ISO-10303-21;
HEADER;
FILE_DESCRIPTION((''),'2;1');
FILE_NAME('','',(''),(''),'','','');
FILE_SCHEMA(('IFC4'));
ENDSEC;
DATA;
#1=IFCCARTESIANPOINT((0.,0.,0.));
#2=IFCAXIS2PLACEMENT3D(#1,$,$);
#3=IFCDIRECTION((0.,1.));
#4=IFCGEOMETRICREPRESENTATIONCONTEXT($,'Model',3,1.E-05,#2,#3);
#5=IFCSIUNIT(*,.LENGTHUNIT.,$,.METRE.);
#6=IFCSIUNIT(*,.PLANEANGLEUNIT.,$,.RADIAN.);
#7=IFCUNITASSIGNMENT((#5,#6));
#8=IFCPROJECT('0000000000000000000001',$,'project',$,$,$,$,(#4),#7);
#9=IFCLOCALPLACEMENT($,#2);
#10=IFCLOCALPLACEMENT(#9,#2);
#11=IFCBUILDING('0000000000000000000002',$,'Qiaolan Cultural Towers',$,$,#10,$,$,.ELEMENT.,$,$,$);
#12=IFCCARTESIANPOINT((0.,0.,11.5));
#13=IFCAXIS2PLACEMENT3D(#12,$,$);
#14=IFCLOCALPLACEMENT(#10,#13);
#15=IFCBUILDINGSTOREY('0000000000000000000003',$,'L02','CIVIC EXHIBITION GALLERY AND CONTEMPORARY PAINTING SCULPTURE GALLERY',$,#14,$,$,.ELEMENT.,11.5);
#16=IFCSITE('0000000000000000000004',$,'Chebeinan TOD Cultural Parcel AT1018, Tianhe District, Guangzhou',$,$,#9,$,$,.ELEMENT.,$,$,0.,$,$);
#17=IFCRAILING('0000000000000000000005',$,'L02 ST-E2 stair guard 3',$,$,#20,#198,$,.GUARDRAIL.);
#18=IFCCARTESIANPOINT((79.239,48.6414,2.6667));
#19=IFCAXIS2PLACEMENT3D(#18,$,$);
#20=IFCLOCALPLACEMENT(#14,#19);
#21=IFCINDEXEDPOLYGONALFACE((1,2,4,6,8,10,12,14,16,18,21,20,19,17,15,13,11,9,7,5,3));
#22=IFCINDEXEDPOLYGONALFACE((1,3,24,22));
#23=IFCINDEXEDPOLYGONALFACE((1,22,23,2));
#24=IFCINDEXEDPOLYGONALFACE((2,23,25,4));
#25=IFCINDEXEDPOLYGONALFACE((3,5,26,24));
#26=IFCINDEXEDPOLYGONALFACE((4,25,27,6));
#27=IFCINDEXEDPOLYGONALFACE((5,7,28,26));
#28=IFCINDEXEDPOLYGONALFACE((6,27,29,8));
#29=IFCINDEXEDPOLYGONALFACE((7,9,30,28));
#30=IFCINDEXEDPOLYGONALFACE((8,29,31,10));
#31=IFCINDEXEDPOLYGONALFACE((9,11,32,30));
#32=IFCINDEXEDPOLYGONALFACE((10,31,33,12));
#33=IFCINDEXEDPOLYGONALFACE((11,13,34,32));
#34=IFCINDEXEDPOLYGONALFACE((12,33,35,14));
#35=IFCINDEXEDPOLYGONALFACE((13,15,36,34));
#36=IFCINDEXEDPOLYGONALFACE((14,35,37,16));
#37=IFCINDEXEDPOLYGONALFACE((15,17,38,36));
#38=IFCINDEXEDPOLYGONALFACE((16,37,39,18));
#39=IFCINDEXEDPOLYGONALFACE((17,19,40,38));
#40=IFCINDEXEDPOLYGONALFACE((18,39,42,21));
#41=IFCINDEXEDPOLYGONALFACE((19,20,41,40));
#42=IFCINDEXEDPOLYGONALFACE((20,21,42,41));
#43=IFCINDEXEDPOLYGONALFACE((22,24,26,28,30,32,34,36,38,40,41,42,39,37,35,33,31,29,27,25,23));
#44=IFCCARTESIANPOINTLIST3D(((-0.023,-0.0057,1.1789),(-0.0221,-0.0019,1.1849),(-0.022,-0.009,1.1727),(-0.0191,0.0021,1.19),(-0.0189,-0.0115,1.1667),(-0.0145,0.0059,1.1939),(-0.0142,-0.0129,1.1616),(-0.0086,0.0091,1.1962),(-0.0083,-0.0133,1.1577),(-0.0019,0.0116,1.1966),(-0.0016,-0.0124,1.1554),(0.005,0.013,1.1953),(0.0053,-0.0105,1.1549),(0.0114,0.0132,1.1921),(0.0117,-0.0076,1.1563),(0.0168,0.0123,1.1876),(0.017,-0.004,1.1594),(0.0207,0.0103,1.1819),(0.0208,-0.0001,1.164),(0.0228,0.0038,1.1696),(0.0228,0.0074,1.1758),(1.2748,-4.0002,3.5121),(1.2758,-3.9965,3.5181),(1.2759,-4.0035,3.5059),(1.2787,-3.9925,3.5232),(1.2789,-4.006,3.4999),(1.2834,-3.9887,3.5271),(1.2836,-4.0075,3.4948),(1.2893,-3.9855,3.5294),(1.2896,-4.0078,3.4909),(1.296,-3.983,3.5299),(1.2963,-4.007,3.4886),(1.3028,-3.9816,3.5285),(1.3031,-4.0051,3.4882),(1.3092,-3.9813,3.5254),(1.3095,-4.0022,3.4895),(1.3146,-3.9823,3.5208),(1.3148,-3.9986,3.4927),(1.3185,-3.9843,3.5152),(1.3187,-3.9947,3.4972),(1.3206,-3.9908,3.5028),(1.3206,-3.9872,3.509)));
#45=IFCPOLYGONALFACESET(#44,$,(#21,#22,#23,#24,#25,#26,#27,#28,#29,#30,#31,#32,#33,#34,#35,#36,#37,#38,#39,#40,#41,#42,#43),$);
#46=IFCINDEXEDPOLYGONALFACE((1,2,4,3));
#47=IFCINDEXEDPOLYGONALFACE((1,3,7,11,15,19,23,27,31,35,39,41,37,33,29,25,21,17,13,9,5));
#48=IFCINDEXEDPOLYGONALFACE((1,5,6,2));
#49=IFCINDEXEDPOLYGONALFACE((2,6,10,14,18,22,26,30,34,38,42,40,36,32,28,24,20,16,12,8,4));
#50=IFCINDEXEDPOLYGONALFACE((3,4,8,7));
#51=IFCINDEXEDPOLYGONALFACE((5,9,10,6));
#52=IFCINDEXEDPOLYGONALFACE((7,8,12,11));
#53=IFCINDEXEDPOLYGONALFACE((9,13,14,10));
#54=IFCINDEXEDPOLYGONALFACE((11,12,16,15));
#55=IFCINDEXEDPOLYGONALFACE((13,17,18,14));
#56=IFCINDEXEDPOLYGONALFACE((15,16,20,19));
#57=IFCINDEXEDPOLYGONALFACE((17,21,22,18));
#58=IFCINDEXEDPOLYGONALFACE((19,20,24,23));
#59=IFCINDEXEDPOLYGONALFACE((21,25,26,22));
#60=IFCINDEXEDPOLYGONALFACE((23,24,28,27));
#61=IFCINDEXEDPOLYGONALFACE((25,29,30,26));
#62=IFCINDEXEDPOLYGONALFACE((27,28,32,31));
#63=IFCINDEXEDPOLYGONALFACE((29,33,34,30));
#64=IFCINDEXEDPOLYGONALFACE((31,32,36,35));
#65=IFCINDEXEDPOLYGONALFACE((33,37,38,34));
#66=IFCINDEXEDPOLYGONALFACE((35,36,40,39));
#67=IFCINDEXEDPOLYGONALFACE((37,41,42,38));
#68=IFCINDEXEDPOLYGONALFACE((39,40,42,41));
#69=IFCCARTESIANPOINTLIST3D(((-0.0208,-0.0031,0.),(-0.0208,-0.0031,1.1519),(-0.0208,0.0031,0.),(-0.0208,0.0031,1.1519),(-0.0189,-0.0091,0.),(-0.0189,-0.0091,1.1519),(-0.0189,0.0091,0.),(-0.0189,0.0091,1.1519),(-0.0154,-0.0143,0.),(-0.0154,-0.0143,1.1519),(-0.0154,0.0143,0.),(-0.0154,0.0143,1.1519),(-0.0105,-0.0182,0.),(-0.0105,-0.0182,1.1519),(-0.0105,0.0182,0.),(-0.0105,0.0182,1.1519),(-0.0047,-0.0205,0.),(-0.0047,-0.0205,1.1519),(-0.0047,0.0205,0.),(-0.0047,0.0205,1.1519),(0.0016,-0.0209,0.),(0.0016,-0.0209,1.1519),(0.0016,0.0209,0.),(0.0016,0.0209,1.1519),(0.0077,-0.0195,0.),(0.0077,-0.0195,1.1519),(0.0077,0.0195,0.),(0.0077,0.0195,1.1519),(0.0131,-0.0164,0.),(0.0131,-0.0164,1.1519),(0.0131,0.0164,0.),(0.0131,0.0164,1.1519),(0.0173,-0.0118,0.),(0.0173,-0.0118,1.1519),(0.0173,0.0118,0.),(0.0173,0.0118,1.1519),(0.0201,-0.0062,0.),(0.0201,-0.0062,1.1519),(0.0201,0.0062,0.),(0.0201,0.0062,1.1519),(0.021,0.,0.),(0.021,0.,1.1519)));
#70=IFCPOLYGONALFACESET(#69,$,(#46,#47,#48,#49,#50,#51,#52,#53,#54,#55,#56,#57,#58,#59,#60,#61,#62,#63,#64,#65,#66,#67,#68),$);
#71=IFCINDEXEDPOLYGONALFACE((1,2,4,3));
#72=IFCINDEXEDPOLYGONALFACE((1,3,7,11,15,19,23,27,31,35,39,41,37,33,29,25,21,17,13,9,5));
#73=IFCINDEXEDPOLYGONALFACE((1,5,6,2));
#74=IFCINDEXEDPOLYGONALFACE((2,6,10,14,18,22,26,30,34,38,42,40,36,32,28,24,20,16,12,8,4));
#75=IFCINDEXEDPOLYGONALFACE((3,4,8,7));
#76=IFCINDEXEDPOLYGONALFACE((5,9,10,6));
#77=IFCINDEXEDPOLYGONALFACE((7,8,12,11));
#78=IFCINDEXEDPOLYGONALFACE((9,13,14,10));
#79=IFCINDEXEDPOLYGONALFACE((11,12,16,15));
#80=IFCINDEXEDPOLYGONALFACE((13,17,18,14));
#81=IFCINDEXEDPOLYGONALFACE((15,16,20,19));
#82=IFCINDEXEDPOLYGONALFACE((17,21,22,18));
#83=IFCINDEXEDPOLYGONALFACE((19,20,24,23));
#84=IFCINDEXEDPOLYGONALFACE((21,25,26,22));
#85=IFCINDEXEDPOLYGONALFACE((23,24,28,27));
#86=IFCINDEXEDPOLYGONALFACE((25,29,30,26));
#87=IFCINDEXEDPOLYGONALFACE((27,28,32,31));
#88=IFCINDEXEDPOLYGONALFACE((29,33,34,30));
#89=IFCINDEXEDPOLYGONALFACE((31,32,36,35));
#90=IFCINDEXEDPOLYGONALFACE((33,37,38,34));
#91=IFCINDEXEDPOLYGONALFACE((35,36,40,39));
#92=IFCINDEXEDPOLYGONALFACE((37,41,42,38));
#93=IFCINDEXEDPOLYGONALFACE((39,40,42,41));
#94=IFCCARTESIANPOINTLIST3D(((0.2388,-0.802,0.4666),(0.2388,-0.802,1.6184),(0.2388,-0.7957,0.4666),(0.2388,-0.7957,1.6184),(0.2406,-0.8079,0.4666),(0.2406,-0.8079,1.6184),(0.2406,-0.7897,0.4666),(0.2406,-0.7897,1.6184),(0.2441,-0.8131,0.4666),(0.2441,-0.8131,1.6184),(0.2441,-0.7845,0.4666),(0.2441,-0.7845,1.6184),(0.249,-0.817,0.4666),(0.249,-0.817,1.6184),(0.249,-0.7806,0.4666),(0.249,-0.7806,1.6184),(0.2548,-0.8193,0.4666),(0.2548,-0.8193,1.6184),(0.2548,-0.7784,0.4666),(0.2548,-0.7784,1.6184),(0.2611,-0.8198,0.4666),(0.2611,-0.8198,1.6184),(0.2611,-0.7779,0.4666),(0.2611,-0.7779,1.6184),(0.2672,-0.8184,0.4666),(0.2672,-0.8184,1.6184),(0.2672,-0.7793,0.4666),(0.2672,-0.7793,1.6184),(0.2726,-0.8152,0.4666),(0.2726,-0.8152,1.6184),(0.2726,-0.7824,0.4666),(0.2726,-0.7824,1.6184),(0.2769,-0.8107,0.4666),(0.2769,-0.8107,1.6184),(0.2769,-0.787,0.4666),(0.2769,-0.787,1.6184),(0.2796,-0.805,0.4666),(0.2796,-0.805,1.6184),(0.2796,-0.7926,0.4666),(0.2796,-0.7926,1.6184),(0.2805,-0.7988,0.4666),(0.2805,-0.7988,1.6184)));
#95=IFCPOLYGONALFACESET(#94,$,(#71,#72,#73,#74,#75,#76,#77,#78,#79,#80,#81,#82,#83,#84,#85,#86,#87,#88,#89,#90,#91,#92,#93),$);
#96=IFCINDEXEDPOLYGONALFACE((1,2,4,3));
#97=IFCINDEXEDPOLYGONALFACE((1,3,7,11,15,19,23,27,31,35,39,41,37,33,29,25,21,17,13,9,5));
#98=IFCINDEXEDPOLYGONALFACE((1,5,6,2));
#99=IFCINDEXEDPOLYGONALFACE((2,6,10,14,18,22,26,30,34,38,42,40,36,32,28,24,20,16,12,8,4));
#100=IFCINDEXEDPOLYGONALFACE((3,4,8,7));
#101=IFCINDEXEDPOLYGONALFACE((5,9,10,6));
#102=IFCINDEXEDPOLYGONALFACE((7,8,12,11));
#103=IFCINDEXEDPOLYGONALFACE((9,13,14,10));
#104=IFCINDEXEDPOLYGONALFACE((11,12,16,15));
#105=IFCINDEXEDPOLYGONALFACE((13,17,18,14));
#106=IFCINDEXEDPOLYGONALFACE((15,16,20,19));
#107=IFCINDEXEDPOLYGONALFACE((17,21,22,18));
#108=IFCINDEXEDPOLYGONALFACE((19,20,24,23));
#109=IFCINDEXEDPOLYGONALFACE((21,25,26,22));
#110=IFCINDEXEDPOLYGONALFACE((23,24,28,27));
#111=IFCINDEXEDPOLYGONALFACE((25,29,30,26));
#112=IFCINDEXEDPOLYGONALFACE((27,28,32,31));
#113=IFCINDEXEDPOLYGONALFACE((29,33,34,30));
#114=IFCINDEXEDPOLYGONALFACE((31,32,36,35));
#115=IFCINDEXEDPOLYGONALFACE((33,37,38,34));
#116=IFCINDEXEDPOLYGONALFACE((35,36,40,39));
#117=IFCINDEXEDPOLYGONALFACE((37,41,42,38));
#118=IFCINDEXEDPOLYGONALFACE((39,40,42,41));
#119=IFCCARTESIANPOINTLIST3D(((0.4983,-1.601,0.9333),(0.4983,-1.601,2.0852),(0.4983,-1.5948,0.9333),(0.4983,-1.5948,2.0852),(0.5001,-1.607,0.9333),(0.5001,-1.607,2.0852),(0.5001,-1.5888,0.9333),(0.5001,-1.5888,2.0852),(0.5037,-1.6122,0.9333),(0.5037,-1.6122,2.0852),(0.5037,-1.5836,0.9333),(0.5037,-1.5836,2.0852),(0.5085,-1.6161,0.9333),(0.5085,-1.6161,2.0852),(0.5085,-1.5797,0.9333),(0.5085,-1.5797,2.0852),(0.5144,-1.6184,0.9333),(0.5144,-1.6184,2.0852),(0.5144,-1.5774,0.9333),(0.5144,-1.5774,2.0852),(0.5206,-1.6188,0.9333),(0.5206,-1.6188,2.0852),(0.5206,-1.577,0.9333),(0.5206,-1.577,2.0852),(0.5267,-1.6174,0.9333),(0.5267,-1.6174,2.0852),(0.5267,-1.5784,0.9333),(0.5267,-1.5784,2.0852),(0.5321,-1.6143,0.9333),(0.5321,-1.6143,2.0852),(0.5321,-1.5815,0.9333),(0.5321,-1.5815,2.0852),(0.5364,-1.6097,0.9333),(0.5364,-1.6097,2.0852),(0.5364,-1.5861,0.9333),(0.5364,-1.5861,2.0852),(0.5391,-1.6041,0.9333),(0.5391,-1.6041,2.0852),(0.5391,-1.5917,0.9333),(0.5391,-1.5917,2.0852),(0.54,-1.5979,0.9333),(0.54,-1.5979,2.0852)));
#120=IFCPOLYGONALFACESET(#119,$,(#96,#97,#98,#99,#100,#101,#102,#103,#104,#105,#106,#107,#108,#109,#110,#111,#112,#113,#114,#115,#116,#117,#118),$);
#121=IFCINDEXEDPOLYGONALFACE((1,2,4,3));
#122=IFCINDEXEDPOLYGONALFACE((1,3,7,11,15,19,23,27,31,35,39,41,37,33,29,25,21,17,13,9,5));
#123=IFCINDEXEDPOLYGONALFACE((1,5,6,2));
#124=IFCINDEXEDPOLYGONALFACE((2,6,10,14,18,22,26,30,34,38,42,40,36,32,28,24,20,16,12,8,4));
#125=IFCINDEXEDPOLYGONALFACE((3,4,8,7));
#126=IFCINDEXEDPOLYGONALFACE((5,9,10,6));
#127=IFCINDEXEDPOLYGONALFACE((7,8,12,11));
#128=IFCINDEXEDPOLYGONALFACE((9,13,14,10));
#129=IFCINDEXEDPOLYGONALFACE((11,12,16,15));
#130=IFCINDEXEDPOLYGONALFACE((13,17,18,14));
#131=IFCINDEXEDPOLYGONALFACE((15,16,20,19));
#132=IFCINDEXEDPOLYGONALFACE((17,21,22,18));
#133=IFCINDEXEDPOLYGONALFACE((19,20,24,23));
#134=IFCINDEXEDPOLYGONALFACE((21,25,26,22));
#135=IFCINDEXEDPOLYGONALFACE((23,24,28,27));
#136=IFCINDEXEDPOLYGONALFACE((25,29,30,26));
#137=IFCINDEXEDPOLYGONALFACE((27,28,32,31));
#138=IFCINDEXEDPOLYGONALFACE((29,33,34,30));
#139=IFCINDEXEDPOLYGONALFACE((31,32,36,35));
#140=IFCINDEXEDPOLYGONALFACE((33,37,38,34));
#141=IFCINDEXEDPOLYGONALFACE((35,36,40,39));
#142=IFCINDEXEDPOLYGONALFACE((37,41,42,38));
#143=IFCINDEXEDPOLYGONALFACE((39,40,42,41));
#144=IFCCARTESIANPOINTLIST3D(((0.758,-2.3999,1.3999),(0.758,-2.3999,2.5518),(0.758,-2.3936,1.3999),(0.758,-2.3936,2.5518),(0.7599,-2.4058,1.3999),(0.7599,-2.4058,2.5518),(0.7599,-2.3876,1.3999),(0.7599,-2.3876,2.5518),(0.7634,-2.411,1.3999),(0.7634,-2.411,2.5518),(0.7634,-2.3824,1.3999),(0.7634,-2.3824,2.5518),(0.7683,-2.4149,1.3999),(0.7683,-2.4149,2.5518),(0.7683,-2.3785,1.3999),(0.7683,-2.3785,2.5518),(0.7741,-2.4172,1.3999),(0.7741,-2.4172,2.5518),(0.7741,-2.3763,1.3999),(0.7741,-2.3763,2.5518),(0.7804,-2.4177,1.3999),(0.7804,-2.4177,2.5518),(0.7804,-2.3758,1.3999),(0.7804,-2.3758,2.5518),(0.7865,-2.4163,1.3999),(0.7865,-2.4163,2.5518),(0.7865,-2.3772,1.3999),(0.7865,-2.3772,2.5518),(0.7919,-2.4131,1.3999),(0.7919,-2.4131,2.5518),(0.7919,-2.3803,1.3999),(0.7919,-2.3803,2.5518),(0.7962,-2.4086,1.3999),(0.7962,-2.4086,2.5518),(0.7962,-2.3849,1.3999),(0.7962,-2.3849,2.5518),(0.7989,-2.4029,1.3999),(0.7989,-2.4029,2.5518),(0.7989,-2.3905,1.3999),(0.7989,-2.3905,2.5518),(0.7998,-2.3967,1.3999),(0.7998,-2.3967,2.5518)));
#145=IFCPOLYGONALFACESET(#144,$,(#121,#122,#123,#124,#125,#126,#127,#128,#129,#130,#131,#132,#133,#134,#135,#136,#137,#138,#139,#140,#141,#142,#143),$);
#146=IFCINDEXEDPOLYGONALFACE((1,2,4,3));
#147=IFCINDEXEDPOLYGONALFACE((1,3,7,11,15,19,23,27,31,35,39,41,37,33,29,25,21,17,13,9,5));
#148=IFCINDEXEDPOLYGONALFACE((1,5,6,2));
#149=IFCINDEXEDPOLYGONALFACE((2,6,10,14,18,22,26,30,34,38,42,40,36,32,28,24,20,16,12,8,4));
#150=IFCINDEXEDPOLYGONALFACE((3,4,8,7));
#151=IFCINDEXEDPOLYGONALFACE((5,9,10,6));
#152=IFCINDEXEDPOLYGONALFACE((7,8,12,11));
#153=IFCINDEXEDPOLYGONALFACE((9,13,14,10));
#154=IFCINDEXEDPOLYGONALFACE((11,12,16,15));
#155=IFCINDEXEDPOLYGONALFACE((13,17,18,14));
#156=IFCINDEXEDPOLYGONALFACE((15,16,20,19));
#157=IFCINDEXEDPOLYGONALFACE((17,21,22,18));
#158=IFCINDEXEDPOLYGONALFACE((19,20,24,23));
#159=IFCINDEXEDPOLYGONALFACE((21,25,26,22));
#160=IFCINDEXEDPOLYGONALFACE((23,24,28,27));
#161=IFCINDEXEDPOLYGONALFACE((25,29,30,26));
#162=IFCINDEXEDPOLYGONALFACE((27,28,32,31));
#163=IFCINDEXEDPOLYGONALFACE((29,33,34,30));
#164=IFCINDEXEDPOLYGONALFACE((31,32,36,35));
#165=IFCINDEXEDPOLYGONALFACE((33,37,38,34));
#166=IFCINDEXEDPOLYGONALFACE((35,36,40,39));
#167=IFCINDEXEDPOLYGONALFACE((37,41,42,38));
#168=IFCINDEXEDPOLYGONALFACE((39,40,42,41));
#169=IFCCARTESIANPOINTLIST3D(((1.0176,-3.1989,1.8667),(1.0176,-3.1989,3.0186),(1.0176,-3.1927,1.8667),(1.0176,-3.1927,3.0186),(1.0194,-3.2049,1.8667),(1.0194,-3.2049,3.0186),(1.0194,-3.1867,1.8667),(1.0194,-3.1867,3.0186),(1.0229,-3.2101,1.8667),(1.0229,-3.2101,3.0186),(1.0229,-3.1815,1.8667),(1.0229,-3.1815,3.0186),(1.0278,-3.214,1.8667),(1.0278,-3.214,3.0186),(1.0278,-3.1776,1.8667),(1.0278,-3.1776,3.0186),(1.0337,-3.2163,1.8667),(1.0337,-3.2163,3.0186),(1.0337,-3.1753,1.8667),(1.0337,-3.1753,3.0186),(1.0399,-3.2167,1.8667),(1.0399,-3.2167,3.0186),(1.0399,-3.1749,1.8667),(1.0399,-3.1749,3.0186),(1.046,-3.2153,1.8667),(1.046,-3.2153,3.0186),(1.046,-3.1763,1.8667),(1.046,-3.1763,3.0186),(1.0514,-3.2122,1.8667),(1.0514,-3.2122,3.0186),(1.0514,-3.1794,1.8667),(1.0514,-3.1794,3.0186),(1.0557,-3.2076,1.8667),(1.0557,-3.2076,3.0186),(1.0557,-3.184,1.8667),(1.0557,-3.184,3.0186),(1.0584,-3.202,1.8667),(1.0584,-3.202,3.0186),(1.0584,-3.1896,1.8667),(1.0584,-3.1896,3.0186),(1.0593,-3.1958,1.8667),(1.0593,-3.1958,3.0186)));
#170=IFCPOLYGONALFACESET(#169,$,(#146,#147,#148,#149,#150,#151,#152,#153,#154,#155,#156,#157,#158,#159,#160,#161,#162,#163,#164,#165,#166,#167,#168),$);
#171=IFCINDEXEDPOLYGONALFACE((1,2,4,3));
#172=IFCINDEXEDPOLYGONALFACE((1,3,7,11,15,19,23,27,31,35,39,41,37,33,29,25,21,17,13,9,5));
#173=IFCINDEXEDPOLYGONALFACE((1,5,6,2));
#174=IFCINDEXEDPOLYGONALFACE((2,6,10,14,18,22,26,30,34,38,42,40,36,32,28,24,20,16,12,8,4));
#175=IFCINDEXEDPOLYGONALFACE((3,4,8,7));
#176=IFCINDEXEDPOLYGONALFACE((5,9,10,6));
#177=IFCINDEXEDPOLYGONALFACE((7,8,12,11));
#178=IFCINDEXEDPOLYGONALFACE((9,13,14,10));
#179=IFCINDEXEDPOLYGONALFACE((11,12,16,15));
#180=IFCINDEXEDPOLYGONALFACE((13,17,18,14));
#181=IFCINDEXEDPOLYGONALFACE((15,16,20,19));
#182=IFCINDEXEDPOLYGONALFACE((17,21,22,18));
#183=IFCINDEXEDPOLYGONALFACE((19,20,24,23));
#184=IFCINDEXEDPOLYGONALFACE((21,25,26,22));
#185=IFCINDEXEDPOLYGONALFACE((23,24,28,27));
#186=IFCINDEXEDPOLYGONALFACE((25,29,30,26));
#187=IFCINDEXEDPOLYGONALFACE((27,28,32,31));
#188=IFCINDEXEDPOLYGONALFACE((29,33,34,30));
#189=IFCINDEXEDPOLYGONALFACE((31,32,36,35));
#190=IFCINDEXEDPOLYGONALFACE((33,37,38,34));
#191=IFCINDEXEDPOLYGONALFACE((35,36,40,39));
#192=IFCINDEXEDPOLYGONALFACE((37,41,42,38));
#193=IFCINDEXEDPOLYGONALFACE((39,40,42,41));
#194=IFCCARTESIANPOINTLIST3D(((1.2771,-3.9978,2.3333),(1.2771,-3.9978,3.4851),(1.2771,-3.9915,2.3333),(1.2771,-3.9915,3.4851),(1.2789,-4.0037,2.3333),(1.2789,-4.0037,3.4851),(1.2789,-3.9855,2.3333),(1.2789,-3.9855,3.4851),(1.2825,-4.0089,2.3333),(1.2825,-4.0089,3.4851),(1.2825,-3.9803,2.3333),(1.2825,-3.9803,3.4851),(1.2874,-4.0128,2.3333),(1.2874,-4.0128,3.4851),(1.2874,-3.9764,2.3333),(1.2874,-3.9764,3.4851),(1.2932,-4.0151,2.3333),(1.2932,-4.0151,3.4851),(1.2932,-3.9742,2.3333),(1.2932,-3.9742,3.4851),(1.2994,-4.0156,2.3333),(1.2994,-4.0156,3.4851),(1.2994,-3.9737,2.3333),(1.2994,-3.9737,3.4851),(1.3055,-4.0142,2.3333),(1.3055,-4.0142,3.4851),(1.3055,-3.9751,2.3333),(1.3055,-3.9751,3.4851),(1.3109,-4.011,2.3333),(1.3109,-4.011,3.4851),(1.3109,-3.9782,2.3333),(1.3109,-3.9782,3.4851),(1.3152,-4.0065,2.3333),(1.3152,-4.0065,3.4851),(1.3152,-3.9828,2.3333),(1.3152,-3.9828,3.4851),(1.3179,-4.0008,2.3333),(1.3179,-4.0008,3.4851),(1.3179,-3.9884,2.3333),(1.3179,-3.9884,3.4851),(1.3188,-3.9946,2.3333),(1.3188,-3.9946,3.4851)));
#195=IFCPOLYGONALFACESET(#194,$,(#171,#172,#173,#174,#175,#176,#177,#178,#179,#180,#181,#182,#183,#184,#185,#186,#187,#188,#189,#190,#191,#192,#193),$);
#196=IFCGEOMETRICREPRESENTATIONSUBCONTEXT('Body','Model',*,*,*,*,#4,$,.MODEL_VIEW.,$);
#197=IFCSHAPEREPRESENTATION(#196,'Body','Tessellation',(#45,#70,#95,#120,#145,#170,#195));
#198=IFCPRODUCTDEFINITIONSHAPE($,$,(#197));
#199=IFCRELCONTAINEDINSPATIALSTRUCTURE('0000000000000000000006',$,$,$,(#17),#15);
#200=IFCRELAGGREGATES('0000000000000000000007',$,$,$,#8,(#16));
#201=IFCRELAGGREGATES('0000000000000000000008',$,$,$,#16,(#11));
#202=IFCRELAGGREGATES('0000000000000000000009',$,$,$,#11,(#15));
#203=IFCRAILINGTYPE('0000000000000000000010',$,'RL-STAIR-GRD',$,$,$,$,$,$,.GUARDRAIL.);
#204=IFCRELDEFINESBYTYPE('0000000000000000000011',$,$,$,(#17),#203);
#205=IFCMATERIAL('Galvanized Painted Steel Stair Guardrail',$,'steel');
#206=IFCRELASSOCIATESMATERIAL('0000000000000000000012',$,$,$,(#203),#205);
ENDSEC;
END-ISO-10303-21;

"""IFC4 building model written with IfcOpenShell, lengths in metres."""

from ifc_helpers import new_model, si_unit, direction, frame, origin, origin_2d, place, context, subcontext, project, spatial, circle, extrude, material, type_object, element, save


model = new_model("IFC4")

# Units and contexts
model_context = context("Model", 3, precision=1e-05, world=origin(), true_north=direction((0.0, 1.0)))
body_context = subcontext(model_context, "Body", "Model", "MODEL_VIEW")
ifc_project = project(units=[si_unit("LENGTHUNIT", "METRE"), si_unit("PLANEANGLEUNIT", "RADIAN")], contexts=[model_context])

# Site, building, storey
site_placement = place(None, origin())
site = spatial("IfcSite", under=ifc_project, at=site_placement, Name="Chebeinan TOD Cultural Parcel AT1018, Tianhe District, Guangzhou", CompositionType="ELEMENT", RefElevation=0.0)
building_placement = place(site_placement, origin())
building = spatial("IfcBuilding", under=site, at=building_placement, Name="Qiaolan Cultural Towers", CompositionType="ELEMENT")
storey_placement = place(building_placement, frame((0.0, 0.0, 11.5)))
storey = spatial("IfcBuildingStorey", under=building, at=storey_placement, Name="L02", Description="CIVIC EXHIBITION GALLERY AND CONTEMPORARY PAINTING SCULPTURE GALLERY", CompositionType="ELEMENT", Elevation=11.5)

# Railing
ifc_material_1 = material(Name="Galvanized Painted Steel Stair Guardrail", Category="steel")
railing_type_1 = type_object("IfcRailingType", Name="RL-STAIR-GRD", PredefinedType="GUARDRAIL", material=ifc_material_1)
railing_1_placement = place(storey_placement, frame((79.239, 48.6414, 2.6667)))
element("IfcRailing", 1, at=railing_1_placement, inside=storey, type_object=railing_type_1, Name="L02 ST-E2 stair guard 3", PredefinedType="GUARDRAIL", context=body_context, shape_type="SweptSolid", body=[
    extrude(circle(Radius=0.0239, at=origin_2d()), frame((0.0, 0.0, 1.1758), z_axis=(0.270119, -0.831393, 0.485614), x_axis=(0.951062, 0.308999, 0.0)), (0.0, 0.0, 1.0), 4.8047),
    extrude(circle(Radius=0.021, at=origin_2d()), origin(), (0.0, 0.0, 1.0), 1.1519),
    extrude(circle(Radius=0.021, at=origin_2d()), frame((0.2595, -0.7988, 0.4666)), (0.0, 0.0, 1.0), 1.1519),
    extrude(circle(Radius=0.021, at=origin_2d()), frame((0.519, -1.5979, 0.9333)), (0.0, 0.0, 1.0), 1.1519),
    extrude(circle(Radius=0.021, at=origin_2d()), frame((0.7788, -2.3967, 1.3999)), (0.0, 0.0, 1.0), 1.1519),
    extrude(circle(Radius=0.021, at=origin_2d()), frame((1.0383, -3.1958, 1.8667)), (0.0, 0.0, 1.0), 1.1519),
    extrude(circle(Radius=0.021, at=origin_2d()), frame((1.2979, -3.9946, 2.3333)), (0.0, 0.0, 1.0), 1.1519),
])

save(model, "model.ifc")
